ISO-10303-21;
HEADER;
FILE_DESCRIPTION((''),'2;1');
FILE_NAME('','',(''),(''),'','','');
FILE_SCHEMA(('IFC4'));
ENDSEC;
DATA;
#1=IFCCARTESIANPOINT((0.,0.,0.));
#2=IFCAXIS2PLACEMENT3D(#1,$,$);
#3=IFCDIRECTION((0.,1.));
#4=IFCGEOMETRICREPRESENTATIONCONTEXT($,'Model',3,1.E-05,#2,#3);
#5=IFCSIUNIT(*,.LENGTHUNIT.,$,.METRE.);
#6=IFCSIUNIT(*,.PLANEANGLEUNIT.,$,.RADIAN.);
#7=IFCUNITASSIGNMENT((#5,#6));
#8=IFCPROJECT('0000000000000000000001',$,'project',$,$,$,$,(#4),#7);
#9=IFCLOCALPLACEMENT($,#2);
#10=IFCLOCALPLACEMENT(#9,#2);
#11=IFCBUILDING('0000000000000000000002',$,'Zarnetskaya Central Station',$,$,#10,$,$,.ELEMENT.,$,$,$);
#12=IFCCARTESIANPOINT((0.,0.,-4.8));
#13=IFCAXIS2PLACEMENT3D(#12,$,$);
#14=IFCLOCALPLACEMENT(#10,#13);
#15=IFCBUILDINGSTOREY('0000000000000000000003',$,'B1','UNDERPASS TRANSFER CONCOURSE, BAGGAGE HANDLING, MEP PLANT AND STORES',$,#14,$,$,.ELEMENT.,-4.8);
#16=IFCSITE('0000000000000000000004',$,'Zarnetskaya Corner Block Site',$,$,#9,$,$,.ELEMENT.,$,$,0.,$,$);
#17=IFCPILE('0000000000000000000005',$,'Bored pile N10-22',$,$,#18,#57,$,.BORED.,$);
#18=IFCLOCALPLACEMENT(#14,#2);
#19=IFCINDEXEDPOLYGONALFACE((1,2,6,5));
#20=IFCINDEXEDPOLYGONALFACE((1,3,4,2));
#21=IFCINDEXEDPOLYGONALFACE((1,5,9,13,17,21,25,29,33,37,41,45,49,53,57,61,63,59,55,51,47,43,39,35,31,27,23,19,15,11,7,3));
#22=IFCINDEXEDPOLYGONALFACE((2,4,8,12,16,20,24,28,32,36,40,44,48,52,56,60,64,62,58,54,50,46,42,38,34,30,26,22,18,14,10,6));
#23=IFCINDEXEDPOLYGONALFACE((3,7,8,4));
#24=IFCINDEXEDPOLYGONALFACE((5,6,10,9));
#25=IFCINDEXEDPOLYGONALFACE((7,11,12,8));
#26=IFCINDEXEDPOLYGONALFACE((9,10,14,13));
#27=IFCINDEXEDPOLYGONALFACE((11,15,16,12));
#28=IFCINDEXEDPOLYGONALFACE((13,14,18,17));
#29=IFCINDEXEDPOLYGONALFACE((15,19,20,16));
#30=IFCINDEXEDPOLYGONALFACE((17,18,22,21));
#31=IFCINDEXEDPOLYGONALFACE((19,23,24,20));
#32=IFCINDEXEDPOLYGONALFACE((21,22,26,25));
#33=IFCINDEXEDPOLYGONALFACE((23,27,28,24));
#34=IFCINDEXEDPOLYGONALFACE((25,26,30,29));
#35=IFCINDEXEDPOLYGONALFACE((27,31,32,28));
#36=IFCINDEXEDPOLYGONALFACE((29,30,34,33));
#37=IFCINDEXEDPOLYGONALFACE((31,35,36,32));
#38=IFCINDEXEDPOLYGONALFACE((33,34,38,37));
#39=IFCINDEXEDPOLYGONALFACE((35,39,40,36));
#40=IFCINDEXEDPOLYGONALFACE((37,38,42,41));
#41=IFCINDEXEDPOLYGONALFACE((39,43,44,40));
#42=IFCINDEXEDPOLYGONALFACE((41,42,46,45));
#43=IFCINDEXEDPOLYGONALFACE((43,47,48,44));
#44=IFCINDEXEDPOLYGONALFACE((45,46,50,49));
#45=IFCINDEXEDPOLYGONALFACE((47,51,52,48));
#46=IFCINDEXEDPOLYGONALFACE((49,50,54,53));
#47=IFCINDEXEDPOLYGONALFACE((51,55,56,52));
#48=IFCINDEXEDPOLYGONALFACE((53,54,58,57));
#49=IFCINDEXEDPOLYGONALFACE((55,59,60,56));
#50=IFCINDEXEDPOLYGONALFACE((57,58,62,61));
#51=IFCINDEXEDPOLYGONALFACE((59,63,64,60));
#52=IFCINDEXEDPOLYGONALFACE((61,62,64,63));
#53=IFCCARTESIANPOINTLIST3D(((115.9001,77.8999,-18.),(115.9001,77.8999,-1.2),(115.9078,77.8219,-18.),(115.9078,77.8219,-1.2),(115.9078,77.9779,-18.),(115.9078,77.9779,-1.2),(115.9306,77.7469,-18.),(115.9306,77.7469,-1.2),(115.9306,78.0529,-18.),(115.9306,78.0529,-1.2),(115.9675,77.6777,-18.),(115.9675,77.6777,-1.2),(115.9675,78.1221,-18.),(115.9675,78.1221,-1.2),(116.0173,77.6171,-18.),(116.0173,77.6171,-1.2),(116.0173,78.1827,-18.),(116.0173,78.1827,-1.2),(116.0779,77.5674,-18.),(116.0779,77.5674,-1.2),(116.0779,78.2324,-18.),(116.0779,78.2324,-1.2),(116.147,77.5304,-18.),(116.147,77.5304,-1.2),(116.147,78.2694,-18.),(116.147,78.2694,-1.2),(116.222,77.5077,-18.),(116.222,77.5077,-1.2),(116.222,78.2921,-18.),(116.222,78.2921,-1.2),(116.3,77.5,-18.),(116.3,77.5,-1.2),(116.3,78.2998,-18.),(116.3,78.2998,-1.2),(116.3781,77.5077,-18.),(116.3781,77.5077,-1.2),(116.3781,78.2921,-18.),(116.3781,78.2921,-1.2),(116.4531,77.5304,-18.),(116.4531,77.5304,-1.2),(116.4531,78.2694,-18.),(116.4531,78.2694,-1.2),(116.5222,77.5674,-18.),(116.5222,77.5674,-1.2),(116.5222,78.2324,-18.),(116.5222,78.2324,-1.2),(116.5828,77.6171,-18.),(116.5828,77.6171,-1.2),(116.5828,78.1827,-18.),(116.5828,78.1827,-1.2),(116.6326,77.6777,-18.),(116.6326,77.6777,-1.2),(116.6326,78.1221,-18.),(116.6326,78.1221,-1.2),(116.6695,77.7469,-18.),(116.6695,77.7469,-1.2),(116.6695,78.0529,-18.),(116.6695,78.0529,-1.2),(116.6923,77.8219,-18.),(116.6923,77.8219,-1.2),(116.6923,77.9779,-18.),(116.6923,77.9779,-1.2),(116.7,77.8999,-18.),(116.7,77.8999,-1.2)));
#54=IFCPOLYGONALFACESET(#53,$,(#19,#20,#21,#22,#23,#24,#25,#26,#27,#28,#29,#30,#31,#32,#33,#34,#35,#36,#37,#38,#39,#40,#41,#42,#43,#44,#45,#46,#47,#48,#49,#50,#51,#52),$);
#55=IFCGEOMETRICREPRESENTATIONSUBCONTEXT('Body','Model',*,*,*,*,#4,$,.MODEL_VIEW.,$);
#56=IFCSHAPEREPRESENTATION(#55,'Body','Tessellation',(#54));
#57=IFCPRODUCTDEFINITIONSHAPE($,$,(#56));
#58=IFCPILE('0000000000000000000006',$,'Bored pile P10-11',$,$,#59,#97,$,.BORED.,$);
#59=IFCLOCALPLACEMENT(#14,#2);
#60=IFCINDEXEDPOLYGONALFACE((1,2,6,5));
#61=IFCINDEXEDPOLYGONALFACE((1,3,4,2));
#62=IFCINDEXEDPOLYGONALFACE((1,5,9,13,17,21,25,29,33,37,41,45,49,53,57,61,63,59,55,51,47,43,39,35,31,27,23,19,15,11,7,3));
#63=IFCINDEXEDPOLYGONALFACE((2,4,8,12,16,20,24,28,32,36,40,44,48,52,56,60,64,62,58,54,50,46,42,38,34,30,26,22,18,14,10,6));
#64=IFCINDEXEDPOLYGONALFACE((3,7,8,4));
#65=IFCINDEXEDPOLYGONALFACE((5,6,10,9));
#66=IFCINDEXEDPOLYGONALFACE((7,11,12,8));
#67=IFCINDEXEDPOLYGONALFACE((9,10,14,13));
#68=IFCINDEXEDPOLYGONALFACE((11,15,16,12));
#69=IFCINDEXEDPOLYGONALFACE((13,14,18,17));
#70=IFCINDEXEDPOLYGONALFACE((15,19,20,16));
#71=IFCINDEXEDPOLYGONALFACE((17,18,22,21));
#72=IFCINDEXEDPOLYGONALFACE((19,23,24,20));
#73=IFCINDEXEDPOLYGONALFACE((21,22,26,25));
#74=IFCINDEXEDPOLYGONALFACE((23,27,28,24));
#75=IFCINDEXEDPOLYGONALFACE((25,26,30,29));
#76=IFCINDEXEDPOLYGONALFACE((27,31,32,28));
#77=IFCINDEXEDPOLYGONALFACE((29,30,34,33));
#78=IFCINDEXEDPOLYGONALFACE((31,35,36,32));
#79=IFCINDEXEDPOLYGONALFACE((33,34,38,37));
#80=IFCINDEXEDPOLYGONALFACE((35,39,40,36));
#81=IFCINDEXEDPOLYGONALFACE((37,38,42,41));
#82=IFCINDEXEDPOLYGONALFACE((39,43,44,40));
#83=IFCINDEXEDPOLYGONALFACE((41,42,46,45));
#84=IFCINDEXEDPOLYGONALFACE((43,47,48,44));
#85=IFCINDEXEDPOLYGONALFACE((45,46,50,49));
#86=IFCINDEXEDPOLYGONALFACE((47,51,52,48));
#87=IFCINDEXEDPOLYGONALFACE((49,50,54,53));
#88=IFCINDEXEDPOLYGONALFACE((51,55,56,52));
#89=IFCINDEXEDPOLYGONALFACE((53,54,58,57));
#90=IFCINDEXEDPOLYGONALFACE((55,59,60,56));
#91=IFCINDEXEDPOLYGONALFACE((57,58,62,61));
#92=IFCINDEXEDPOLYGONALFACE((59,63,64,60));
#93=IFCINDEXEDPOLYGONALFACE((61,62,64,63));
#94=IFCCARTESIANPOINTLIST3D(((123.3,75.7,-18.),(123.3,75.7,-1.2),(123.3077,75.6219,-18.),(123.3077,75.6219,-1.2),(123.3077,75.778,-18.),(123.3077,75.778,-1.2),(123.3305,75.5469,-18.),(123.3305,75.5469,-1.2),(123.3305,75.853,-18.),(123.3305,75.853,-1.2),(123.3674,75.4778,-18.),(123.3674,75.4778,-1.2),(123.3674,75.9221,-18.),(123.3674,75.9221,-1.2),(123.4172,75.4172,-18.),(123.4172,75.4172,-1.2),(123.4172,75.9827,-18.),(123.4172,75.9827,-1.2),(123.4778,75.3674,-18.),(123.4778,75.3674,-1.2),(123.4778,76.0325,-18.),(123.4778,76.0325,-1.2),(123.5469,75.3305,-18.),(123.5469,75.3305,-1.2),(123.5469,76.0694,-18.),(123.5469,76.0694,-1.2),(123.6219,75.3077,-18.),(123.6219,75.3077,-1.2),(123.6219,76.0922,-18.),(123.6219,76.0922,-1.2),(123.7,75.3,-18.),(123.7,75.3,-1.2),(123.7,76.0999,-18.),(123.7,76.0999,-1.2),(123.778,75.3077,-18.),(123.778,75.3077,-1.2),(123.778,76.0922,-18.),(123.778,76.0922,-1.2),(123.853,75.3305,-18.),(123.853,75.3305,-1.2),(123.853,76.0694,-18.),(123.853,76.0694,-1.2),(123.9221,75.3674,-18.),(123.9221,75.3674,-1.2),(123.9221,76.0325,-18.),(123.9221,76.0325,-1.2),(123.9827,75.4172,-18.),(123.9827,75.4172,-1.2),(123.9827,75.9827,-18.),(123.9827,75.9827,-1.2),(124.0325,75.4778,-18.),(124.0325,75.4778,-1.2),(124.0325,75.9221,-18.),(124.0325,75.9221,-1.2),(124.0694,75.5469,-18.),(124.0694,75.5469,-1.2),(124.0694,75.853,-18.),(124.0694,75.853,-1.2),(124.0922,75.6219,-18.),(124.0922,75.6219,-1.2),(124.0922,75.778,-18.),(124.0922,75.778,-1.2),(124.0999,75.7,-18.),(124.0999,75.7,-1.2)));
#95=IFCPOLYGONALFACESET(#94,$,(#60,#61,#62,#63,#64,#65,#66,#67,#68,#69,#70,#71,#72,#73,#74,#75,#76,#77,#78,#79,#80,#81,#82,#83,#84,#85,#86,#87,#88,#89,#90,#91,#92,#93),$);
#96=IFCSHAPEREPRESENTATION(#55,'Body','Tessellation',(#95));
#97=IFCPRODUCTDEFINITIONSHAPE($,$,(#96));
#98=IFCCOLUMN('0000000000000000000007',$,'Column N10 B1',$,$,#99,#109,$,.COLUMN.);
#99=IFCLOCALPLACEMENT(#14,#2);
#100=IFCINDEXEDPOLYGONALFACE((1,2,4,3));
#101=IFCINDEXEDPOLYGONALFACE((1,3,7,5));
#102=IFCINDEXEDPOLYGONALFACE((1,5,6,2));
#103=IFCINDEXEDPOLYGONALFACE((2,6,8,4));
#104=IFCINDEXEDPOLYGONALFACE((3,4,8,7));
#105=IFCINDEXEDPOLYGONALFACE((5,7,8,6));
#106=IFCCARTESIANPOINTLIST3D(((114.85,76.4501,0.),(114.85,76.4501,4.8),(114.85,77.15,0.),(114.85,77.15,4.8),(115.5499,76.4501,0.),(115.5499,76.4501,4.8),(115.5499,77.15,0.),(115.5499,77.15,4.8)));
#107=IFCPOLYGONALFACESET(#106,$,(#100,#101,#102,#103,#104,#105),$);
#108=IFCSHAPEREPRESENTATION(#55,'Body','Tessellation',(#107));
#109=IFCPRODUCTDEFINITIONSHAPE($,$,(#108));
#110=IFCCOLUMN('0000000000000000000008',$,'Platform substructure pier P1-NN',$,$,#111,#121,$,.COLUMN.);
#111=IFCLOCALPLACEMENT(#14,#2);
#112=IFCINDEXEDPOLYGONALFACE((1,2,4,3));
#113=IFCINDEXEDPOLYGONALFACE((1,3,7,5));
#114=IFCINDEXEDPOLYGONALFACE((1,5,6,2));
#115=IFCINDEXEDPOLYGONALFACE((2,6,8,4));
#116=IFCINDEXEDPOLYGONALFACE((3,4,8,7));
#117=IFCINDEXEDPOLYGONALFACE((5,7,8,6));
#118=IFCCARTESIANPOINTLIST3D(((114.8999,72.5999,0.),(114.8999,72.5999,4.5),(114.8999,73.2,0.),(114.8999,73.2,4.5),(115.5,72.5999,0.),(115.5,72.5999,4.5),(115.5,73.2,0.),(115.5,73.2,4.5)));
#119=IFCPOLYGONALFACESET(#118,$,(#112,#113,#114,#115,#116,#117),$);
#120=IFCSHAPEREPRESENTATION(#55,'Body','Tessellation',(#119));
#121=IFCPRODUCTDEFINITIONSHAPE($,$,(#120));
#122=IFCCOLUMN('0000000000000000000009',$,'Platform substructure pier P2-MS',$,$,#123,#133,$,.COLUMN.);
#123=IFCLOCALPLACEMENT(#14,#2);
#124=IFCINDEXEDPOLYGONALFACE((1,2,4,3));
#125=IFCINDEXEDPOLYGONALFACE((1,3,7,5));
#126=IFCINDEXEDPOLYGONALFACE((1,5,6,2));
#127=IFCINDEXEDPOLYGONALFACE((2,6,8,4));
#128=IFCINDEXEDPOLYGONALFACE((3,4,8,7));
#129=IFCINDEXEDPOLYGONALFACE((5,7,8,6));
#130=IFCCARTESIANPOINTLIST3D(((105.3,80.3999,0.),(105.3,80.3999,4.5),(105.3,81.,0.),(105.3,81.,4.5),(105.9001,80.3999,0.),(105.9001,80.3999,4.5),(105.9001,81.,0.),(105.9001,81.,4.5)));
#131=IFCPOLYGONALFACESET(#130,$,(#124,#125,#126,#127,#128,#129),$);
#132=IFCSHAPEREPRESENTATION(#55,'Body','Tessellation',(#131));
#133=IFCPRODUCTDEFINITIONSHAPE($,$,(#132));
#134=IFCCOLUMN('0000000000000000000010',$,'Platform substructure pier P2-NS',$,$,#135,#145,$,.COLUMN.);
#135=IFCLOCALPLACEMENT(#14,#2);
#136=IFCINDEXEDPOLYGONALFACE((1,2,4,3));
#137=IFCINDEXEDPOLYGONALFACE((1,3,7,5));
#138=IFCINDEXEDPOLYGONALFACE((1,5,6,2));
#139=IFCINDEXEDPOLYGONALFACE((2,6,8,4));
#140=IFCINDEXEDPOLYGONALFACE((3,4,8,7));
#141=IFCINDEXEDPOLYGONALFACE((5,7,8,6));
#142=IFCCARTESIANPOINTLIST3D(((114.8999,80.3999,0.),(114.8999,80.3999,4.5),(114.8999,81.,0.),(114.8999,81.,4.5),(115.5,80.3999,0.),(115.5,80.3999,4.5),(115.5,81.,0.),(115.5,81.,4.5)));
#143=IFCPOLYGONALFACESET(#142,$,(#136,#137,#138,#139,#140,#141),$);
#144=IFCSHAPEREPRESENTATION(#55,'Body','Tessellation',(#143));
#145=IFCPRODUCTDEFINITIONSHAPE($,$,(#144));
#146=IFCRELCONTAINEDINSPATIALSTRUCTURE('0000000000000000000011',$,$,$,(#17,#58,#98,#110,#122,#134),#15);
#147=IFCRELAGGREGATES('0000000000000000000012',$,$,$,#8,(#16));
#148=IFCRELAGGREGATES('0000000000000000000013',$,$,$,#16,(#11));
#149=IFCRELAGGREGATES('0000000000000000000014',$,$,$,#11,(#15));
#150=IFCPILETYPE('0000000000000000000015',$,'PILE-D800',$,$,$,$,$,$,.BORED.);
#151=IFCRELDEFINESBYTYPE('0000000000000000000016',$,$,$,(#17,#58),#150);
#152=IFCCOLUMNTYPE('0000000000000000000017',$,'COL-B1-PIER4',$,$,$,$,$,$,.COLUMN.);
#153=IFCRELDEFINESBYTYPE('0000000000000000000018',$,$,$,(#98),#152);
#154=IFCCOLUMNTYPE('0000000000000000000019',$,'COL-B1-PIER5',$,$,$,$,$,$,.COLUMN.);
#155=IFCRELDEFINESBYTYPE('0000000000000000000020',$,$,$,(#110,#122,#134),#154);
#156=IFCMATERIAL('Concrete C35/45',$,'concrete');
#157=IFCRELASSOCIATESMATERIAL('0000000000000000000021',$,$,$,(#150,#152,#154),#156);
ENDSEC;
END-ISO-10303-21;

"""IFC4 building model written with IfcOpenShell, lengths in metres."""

from ifc_helpers import new_model, si_unit, direction, frame, origin, origin_2d, place, context, subcontext, project, spatial, rectangle, circle, extrude, material, material_profile, profile_set, type_object, element, save


model = new_model("IFC4")

# Units and contexts
model_context = context("Model", 3, precision=1e-05, world=origin(), true_north=direction((0.0, 1.0)))
body_context = subcontext(model_context, "Body", "Model", "MODEL_VIEW")
ifc_project = project(units=[si_unit("LENGTHUNIT", "METRE"), si_unit("PLANEANGLEUNIT", "RADIAN")], contexts=[model_context])

# Site, building, storey
site_placement = place(None, origin())
site = spatial("IfcSite", under=ifc_project, at=site_placement, Name="Zarnetskaya Corner Block Site", CompositionType="ELEMENT", RefElevation=0.0)
building_placement = place(site_placement, origin())
building = spatial("IfcBuilding", under=site, at=building_placement, Name="Zarnetskaya Central Station", CompositionType="ELEMENT")
storey_placement = place(building_placement, frame((0.0, 0.0, -4.8)))
storey = spatial("IfcBuildingStorey", under=building, at=storey_placement, Name="B1", Description="UNDERPASS TRANSFER CONCOURSE, BAGGAGE HANDLING, MEP PLANT AND STORES", CompositionType="ELEMENT", Elevation=-4.8)

# Shared definitions
ifc_material = material(Name="Concrete C35/45", Category="concrete")

# Piles
ifc_material_profile_1 = material_profile(ifc_material, circle(Radius=0.3999, at=origin_2d()), Name="BORED PILE D800")
ifc_profile_set_1 = profile_set([ifc_material_profile_1], Name="Concrete C35/45")
pile_type_1 = type_object("IfcPileType", Name="PILE-D800", PredefinedType="BORED", material=ifc_profile_set_1)
for number, where, z_axis, x_axis, name in (
    (1, (116.3, 77.8999, -1.2), (0.0, 0.0, -1.0), (1.0, 0.0, 0.0), "Bored pile N10-22"),
    (2, (123.7, 75.7, -1.2), (0.0, 0.0, -1.0), (1.0, 0.0, 0.0), "Bored pile P10-11"),
):
    element("IfcPile", number, at=place(storey_placement, frame(where, z_axis=z_axis, x_axis=x_axis)), inside=storey, type_object=pile_type_1, Name=name, PredefinedType="BORED", context=body_context, shape_type="SweptSolid", body=[
        extrude(circle(Radius=0.3999, at=origin_2d()), origin(), (0.0, 0.0, 1.0), 16.8),
    ])

# Columns
ifc_material_profile_2 = material_profile(ifc_material, rectangle(XDim=0.7, YDim=0.7, at=origin_2d()), Name="RC 700x700")
ifc_profile_set_2 = profile_set([ifc_material_profile_2], Name="Concrete C35/45")
column_type_1 = type_object("IfcColumnType", Name="COL-B1-PIER4", PredefinedType="COLUMN", material=ifc_profile_set_2)
column_placement = place(storey_placement, frame((115.2, 76.8, 0.0), z_axis=(0.0, 0.0, 1.0), x_axis=(1.0, 0.0, 0.0)))
element("IfcColumn", 3, at=column_placement, inside=storey, type_object=column_type_1, Name="Column N10 B1", PredefinedType="COLUMN", context=body_context, shape_type="SweptSolid", body=[
    extrude(rectangle(XDim=0.7, YDim=0.7, at=origin_2d()), origin(), (0.0, 0.0, 1.0), 4.8),
])
ifc_material_profile_3 = material_profile(ifc_material, rectangle(XDim=0.6001, YDim=0.6001, at=origin_2d()), Name="RC 600x600")
ifc_profile_set_3 = profile_set([ifc_material_profile_3], Name="Concrete C35/45")
column_type_2 = type_object("IfcColumnType", Name="COL-B1-PIER5", PredefinedType="COLUMN", material=ifc_profile_set_3)
for number, where, z_axis, x_axis, name in (
    (4, (115.2, 72.8999, 0.0), (0.0, 0.0, 1.0), (1.0, 0.0, 0.0), "Platform substructure pier P1-NN"),
    (5, (105.6001, 80.7, 0.0), (0.0, 0.0, 1.0), (1.0, 0.0, 0.0), "Platform substructure pier P2-MS"),
    (6, (115.2, 80.7, 0.0), (0.0, 0.0, 1.0), (1.0, 0.0, 0.0), "Platform substructure pier P2-NS"),
):
    element("IfcColumn", number, at=place(storey_placement, frame(where, z_axis=z_axis, x_axis=x_axis)), inside=storey, type_object=column_type_2, Name=name, PredefinedType="COLUMN", context=body_context, shape_type="SweptSolid", body=[
        extrude(rectangle(XDim=0.6001, YDim=0.6001, at=origin_2d()), origin(), (0.0, 0.0, 1.0), 4.5),
    ])

save(model, "model.ifc")
